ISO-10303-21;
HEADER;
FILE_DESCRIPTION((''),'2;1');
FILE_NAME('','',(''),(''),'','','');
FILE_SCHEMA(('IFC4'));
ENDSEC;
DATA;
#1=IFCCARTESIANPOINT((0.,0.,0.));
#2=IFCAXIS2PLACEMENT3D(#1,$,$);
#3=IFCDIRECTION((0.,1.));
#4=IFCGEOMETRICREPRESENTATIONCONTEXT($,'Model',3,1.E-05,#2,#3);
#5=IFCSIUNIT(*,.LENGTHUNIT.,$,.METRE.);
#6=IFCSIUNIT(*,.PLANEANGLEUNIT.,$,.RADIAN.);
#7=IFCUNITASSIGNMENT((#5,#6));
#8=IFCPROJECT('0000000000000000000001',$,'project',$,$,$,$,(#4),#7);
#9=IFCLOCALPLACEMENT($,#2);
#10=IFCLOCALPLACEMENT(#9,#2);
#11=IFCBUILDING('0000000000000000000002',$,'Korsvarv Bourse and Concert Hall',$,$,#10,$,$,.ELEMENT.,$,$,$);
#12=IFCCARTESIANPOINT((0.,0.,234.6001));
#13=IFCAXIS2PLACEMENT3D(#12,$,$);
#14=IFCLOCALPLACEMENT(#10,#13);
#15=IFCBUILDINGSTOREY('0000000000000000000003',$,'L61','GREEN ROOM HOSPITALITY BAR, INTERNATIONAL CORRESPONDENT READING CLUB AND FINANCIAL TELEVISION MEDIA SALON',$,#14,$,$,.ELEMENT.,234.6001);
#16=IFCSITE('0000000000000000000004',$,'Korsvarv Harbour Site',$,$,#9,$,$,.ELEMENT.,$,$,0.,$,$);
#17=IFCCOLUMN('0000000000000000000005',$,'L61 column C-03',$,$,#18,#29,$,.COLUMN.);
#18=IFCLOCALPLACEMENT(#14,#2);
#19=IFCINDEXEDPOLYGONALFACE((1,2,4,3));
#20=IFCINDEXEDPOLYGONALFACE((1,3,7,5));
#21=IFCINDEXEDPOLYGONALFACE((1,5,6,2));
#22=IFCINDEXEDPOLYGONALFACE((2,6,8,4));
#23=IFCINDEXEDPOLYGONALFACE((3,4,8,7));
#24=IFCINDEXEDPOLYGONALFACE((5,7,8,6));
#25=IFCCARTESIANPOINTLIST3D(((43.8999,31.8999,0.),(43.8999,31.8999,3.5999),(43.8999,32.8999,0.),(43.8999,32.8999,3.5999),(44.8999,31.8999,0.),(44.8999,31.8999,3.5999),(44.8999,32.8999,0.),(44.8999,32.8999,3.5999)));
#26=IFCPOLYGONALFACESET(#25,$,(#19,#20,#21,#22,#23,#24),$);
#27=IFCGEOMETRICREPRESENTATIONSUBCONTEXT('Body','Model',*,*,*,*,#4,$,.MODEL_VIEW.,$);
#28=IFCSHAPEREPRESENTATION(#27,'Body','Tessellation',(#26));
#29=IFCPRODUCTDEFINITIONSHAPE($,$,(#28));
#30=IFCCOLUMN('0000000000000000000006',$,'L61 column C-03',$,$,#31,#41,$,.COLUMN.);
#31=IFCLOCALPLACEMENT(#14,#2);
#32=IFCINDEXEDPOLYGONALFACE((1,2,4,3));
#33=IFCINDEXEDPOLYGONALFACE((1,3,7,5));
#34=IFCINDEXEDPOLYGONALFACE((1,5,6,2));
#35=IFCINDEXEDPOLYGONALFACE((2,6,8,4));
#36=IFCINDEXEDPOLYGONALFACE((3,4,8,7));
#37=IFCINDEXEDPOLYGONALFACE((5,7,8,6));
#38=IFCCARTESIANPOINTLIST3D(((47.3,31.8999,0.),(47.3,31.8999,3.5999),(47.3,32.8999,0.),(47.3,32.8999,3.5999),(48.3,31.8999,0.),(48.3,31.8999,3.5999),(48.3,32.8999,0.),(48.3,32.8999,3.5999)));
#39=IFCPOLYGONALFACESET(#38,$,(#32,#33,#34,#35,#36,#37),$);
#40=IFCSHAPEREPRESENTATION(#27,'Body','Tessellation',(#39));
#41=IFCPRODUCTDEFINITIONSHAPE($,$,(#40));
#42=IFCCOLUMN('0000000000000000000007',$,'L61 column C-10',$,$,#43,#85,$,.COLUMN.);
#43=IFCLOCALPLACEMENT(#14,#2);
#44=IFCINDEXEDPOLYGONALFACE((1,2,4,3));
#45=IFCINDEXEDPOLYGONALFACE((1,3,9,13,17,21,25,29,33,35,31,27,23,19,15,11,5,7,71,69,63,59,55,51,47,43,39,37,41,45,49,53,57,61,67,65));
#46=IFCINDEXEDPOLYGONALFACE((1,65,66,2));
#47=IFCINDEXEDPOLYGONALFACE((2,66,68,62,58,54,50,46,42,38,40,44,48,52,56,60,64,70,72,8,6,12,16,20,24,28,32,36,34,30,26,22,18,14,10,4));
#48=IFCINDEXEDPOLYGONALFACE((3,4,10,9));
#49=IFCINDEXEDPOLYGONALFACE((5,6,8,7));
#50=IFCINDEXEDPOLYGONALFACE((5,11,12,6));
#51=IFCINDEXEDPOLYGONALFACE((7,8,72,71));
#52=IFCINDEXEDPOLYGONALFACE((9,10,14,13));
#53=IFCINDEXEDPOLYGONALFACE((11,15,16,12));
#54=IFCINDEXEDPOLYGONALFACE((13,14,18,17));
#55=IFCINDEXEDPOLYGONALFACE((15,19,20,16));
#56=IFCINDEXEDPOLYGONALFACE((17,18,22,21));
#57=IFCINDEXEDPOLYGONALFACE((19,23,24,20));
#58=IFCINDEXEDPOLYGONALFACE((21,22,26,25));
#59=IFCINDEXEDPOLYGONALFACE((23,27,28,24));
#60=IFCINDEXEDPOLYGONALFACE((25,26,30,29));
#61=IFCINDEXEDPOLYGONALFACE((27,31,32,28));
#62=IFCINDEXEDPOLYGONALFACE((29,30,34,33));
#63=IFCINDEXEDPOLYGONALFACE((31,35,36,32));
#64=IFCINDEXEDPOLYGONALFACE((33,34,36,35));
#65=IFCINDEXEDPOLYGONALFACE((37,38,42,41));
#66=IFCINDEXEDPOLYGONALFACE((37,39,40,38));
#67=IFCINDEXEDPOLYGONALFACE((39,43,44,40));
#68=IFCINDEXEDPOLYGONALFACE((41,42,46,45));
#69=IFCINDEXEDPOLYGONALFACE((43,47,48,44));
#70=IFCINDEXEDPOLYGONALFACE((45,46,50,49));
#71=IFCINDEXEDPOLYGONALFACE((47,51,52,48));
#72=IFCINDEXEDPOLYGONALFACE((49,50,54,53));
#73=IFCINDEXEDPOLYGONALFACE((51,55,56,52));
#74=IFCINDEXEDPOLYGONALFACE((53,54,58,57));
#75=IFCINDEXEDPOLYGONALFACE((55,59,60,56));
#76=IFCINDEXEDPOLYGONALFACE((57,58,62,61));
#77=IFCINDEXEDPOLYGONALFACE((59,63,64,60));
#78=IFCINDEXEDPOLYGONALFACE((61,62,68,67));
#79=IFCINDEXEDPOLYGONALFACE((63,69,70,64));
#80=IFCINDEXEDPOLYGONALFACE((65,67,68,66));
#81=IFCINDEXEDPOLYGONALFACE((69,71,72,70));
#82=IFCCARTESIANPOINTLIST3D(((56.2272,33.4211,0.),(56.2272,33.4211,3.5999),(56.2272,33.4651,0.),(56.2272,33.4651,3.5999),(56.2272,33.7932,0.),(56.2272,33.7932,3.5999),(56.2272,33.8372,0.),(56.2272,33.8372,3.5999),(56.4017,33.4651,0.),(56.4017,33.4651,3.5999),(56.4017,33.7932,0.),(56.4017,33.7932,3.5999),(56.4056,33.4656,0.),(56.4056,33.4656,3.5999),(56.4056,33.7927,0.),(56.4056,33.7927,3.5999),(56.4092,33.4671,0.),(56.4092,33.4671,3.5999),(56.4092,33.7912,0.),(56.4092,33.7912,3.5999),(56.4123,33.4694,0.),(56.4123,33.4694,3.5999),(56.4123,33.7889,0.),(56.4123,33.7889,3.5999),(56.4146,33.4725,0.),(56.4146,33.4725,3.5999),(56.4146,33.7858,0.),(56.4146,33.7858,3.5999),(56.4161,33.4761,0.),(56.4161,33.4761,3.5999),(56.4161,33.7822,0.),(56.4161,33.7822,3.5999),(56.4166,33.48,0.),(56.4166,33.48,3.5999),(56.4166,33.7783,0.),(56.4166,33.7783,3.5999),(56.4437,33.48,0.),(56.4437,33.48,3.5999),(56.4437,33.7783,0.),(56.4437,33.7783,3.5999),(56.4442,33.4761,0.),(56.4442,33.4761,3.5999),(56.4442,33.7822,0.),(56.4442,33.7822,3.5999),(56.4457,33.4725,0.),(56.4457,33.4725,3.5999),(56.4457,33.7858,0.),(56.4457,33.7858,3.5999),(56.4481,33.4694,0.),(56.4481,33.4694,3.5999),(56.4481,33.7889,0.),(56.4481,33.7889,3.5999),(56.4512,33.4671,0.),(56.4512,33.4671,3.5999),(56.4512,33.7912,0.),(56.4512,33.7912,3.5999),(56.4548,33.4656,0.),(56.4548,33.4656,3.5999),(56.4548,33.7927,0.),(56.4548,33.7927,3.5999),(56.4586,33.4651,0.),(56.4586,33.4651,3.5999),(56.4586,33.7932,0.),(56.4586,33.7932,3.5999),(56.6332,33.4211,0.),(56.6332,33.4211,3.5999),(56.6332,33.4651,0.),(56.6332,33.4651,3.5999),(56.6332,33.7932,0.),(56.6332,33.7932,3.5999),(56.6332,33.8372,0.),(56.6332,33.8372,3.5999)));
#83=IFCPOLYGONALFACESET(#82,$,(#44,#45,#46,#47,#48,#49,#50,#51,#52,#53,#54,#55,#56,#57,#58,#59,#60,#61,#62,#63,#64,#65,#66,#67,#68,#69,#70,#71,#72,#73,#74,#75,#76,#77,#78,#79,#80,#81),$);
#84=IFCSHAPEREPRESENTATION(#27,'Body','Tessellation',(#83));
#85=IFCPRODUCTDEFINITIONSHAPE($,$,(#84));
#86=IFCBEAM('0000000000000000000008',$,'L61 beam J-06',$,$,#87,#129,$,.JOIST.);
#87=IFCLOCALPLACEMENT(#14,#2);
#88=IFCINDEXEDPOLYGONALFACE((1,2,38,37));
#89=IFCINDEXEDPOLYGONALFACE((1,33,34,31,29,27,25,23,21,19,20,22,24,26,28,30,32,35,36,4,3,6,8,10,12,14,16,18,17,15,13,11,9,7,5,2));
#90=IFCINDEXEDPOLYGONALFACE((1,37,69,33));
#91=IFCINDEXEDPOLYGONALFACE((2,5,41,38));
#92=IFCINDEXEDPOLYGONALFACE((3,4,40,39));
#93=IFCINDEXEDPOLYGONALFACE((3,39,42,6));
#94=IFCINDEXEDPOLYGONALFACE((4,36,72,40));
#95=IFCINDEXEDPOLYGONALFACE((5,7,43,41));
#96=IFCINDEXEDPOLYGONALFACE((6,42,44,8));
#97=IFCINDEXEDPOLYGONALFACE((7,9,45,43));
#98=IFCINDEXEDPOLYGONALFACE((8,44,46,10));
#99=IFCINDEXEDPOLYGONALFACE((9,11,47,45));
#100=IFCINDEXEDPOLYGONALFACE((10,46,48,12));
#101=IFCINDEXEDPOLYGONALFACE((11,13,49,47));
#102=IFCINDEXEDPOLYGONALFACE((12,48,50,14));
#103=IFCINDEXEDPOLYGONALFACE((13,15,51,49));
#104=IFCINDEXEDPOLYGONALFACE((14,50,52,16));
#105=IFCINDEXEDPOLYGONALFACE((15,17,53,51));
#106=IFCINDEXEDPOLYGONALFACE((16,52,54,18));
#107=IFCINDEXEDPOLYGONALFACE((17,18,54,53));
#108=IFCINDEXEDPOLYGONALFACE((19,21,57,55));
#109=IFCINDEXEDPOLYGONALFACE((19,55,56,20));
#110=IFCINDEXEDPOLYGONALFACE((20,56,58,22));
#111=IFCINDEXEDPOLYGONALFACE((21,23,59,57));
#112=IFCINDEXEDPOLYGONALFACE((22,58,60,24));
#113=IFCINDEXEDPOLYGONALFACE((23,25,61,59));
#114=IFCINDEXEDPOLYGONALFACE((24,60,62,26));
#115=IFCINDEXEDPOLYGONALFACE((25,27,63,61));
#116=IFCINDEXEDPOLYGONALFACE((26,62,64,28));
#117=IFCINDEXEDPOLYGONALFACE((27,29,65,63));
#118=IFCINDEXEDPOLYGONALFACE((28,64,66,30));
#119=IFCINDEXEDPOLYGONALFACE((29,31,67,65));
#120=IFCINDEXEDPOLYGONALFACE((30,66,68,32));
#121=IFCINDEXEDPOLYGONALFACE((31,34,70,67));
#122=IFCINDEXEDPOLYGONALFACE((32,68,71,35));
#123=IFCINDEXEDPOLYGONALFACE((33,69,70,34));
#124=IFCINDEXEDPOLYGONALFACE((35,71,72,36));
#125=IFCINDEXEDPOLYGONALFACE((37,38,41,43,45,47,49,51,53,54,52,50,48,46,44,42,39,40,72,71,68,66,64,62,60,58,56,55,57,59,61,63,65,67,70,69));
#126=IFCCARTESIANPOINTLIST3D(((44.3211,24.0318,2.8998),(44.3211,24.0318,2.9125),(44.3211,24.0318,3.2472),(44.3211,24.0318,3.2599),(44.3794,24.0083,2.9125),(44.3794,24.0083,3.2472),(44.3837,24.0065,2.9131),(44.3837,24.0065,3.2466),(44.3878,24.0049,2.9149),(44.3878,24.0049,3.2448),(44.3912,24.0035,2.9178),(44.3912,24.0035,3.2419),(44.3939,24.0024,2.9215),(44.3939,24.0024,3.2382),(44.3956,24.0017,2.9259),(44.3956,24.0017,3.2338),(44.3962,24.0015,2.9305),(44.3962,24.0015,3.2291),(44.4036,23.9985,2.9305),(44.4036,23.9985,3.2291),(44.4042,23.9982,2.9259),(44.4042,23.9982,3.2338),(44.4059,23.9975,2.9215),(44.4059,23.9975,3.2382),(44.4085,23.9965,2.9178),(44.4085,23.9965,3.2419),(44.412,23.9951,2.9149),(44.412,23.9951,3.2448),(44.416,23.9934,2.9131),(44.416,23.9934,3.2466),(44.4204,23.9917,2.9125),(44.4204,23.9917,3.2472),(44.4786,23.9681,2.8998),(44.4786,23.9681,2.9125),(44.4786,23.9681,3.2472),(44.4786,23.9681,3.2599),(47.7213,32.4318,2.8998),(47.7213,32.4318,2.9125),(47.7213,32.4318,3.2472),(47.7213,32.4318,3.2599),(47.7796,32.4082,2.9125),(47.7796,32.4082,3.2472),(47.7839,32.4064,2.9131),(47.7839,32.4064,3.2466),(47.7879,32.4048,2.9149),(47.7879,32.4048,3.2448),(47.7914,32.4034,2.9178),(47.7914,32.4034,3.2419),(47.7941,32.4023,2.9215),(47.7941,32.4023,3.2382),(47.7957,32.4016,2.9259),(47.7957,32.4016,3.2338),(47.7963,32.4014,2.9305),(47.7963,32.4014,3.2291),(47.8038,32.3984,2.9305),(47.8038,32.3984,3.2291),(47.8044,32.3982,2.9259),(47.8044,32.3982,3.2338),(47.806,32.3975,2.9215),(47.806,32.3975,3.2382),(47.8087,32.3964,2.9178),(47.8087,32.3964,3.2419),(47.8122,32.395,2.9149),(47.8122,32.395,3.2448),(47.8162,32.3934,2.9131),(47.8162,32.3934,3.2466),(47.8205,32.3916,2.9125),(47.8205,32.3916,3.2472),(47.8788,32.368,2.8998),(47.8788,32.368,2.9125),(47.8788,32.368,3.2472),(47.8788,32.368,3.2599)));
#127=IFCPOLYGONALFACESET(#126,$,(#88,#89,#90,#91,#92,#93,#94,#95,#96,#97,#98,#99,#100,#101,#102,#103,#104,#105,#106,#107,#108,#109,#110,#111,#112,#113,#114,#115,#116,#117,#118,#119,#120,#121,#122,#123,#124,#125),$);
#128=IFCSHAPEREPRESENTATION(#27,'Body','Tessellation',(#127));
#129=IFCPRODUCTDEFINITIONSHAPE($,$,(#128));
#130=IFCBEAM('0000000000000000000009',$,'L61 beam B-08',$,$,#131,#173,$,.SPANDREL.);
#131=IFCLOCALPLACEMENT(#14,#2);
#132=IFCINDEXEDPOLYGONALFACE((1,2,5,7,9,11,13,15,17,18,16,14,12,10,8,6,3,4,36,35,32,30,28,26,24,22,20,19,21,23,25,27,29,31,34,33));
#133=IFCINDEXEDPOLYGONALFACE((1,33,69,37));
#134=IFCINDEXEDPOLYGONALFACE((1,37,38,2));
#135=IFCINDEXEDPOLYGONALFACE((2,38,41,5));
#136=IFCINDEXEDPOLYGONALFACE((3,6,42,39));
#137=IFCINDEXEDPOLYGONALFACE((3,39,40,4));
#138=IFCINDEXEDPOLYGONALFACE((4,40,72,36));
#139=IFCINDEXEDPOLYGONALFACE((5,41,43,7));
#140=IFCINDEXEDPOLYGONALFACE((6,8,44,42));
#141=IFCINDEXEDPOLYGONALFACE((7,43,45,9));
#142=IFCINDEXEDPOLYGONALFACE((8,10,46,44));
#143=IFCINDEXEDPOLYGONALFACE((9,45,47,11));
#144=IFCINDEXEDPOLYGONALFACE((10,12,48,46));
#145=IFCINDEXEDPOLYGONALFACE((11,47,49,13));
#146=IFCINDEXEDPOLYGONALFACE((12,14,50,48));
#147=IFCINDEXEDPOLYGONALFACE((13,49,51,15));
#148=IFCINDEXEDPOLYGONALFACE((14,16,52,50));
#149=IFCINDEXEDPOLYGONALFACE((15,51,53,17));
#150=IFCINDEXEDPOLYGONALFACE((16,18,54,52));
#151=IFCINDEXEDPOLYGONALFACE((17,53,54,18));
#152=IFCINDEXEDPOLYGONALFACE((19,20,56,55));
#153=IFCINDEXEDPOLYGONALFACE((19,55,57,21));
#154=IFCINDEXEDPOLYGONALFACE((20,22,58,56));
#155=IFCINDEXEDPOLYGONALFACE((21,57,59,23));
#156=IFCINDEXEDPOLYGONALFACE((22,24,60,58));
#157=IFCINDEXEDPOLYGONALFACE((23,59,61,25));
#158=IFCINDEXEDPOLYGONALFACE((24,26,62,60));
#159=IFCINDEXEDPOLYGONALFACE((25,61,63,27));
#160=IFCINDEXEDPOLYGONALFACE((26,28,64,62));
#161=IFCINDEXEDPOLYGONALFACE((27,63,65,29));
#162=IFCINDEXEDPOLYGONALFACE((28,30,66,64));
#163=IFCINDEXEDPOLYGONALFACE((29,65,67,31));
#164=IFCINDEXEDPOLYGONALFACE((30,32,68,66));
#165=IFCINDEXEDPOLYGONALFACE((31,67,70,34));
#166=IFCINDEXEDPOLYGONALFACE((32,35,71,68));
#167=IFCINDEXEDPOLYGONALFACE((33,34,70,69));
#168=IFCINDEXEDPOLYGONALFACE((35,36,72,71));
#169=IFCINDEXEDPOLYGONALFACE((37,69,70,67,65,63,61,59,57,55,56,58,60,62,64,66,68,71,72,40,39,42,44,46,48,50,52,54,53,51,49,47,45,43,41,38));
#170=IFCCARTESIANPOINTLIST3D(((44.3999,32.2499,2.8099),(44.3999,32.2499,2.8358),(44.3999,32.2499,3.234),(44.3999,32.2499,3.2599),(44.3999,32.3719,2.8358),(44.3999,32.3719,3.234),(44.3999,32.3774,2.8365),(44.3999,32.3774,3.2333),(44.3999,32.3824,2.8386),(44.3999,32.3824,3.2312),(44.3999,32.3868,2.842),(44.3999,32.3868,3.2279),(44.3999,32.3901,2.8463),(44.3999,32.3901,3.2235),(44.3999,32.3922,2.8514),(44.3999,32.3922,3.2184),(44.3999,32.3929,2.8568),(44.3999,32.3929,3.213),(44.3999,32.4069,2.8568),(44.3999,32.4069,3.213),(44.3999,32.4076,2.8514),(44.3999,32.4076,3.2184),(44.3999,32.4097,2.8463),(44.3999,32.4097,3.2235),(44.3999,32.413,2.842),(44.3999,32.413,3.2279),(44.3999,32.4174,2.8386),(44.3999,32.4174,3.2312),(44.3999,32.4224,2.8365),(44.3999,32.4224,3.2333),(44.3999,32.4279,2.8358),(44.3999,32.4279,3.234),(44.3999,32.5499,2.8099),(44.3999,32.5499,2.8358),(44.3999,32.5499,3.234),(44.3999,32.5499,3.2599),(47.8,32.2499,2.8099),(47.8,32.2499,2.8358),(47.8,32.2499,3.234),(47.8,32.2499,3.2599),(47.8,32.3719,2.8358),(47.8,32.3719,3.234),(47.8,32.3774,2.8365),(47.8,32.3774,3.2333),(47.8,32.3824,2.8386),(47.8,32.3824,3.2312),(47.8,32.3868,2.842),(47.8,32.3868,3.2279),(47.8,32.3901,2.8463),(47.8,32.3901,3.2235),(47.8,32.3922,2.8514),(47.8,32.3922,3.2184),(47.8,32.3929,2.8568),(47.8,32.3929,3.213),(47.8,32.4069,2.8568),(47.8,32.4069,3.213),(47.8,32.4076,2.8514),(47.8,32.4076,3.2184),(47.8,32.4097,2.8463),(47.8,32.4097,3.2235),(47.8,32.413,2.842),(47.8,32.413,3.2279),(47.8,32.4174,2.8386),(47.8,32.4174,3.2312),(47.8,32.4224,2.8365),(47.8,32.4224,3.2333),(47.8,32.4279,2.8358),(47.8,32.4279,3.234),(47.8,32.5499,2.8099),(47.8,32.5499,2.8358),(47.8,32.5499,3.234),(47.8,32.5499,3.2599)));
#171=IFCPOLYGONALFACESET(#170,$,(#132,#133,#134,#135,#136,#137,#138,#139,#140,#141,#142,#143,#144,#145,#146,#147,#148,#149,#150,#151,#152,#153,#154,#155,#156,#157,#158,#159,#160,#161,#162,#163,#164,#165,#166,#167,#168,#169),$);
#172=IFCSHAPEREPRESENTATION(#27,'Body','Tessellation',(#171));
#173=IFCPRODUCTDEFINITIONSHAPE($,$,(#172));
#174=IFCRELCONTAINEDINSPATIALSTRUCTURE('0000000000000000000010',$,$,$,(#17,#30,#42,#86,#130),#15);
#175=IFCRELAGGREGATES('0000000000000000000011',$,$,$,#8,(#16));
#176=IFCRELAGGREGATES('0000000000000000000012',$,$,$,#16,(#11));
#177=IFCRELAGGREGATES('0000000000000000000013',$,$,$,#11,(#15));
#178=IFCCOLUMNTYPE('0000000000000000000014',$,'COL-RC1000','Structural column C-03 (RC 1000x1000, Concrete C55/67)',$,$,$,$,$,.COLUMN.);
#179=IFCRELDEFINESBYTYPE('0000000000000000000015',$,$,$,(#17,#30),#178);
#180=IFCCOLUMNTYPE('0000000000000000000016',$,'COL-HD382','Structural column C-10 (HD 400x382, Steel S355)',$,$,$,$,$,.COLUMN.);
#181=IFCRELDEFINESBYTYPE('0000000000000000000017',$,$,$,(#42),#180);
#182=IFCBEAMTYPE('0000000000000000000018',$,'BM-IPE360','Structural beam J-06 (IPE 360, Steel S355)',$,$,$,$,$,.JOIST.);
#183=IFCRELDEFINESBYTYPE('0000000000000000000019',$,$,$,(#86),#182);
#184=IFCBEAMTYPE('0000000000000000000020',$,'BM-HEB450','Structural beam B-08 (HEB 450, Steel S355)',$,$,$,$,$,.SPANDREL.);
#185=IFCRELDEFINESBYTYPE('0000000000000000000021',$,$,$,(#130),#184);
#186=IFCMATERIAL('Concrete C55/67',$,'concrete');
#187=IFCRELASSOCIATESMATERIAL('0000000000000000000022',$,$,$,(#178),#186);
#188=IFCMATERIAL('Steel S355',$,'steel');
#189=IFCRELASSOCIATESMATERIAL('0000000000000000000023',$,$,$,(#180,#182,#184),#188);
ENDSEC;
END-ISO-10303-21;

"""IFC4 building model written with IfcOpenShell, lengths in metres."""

from ifc_helpers import new_model, si_unit, direction, frame, origin, origin_2d, place, context, subcontext, project, spatial, rectangle, i_section, extrude, source, transform, mapped, material, material_profile, profile_set, type_object, element, save


model = new_model("IFC4")

# Units and contexts
model_context = context("Model", 3, precision=1e-05, world=origin(), true_north=direction((0.0, 1.0)))
body_context = subcontext(model_context, "Body", "Model", "MODEL_VIEW")
ifc_project = project(units=[si_unit("LENGTHUNIT", "METRE"), si_unit("PLANEANGLEUNIT", "RADIAN")], contexts=[model_context])

# Site, building, storey
site_placement = place(None, origin())
site = spatial("IfcSite", under=ifc_project, at=site_placement, Name="Korsvarv Harbour Site", CompositionType="ELEMENT", RefElevation=0.0)
building_placement = place(site_placement, origin())
building = spatial("IfcBuilding", under=site, at=building_placement, Name="Korsvarv Bourse and Concert Hall", CompositionType="ELEMENT")
storey_placement = place(building_placement, frame((0.0, 0.0, 234.6001)))
storey = spatial("IfcBuildingStorey", under=building, at=storey_placement, Name="L61", Description="GREEN ROOM HOSPITALITY BAR, INTERNATIONAL CORRESPONDENT READING CLUB AND FINANCIAL TELEVISION MEDIA SALON", CompositionType="ELEMENT", Elevation=234.6001)

# Columns
ifc_material_1 = material(Name="Concrete C55/67", Category="concrete")
ifc_material_profile_1 = material_profile(ifc_material_1, rectangle(XDim=1.0, YDim=1.0, at=origin_2d()), Name="RC 1000x1000")
ifc_profile_set_1 = profile_set([ifc_material_profile_1], Name="Concrete C55/67")
column_type_1 = type_object("IfcColumnType", Name="COL-RC1000", Description="Structural column C-03 (RC 1000x1000, Concrete C55/67)", PredefinedType="COLUMN", material=ifc_profile_set_1)
shared_shape_1 = source(origin(), body_context, "Body", "SweptSolid", [
    extrude(rectangle(XDim=1.0, YDim=1.0, at=origin_2d()), origin(), (0.0, 0.0, 1.0), 3.5999),
])
for number, where, z_axis, x_axis, name in (
    (1, (44.3999, 32.3999, 0.0), (0.0, 0.0, 1.0), (1.0, 0.0, 0.0), "L61 column C-03"),
    (2, (47.8, 32.3999, 0.0), (0.0, 0.0, 1.0), (1.0, 0.0, 0.0), "L61 column C-03"),
):
    element("IfcColumn", number, at=place(storey_placement, frame(where, z_axis=z_axis, x_axis=x_axis)), inside=storey, type_object=column_type_1, Name=name, PredefinedType="COLUMN", context=body_context, shape_type="MappedRepresentation", body=[
        mapped(shared_shape_1, transform((0.0, 0.0, 0.0), scale=1.0)),
    ])
ifc_material_2 = material(Name="Steel S355", Category="steel")
ifc_material_profile_2 = material_profile(ifc_material_2, i_section(OverallWidth=0.406, OverallDepth=0.416, WebThickness=0.0271, FlangeThickness=0.0439, FilletRadius=0.0149, at=origin_2d()), Name="HD 400x382")
ifc_profile_set_2 = profile_set([ifc_material_profile_2], Name="Steel S355")
column_type_2 = type_object("IfcColumnType", Name="COL-HD382", Description="Structural column C-10 (HD 400x382, Steel S355)", PredefinedType="COLUMN", material=ifc_profile_set_2)
shared_shape_2 = source(origin(), body_context, "Body", "SweptSolid", [
    extrude(i_section(OverallWidth=0.406, OverallDepth=0.416, WebThickness=0.0271, FlangeThickness=0.0439, FilletRadius=0.0149, at=origin_2d()), origin(), (0.0, 0.0, 1.0), 3.5999),
])
column_placement = place(storey_placement, frame((56.4302, 33.6292, 0.0), z_axis=(0.0, 0.0, 1.0), x_axis=(1.0, 0.0, 0.0)))
element("IfcColumn", 3, at=column_placement, inside=storey, type_object=column_type_2, Name="L61 column C-10", PredefinedType="COLUMN", context=body_context, shape_type="MappedRepresentation", body=[
    mapped(shared_shape_2, transform((0.0, 0.0, 0.0), scale=1.0)),
])

# Beams
ifc_material_profile_3 = material_profile(ifc_material_2, i_section(OverallWidth=0.1699, OverallDepth=0.3601, WebThickness=0.0081, FlangeThickness=0.0127, FilletRadius=0.0181, at=origin_2d()), Name="IPE 360")
ifc_profile_set_3 = profile_set([ifc_material_profile_3], Name="Steel S355")
beam_type_1 = type_object("IfcBeamType", Name="BM-IPE360", Description="Structural beam J-06 (IPE 360, Steel S355)", PredefinedType="JOIST", material=ifc_profile_set_3)
shared_shape_3 = source(origin(), body_context, "Body", "SweptSolid", [
    extrude(i_section(OverallWidth=0.1699, OverallDepth=0.3601, WebThickness=0.0081, FlangeThickness=0.0127, FilletRadius=0.0181, at=origin_2d()), origin(), (0.0, 0.0, 1.0), 9.062),
])
beam_1_placement = place(storey_placement, frame((47.8, 32.3999, 3.0798), z_axis=(-0.37521, -0.92694, 0.0), x_axis=(0.92694, -0.37521, 0.0)))
element("IfcBeam", 4, at=beam_1_placement, inside=storey, type_object=beam_type_1, Name="L61 beam J-06", PredefinedType="JOIST", context=body_context, shape_type="MappedRepresentation", body=[
    mapped(shared_shape_3, transform((0.0, 0.0, 0.0), scale=1.0)),
])
ifc_material_profile_4 = material_profile(ifc_material_2, i_section(OverallWidth=0.3, OverallDepth=0.45, WebThickness=0.0139, FlangeThickness=0.0259, FilletRadius=0.021, at=origin_2d()), Name="HEB 450")
ifc_profile_set_4 = profile_set([ifc_material_profile_4], Name="Steel S355")
beam_type_2 = type_object("IfcBeamType", Name="BM-HEB450", Description="Structural beam B-08 (HEB 450, Steel S355)", PredefinedType="SPANDREL", material=ifc_profile_set_4)
shared_shape_4 = source(origin(), body_context, "Body", "SweptSolid", [
    extrude(i_section(OverallWidth=0.3, OverallDepth=0.45, WebThickness=0.0139, FlangeThickness=0.0259, FilletRadius=0.021, at=origin_2d()), origin(), (0.0, 0.0, 1.0), 3.4001),
])
beam_2_placement = place(storey_placement, frame((44.3999, 32.3999, 3.0349), z_axis=(1.0, 0.0, 0.0), x_axis=(0.0, 1.0, 0.0)))
element("IfcBeam", 5, at=beam_2_placement, inside=storey, type_object=beam_type_2, Name="L61 beam B-08", PredefinedType="SPANDREL", context=body_context, shape_type="MappedRepresentation", body=[
    mapped(shared_shape_4, transform((0.0, 0.0, 0.0), scale=1.0)),
])

save(model, "model.ifc")
